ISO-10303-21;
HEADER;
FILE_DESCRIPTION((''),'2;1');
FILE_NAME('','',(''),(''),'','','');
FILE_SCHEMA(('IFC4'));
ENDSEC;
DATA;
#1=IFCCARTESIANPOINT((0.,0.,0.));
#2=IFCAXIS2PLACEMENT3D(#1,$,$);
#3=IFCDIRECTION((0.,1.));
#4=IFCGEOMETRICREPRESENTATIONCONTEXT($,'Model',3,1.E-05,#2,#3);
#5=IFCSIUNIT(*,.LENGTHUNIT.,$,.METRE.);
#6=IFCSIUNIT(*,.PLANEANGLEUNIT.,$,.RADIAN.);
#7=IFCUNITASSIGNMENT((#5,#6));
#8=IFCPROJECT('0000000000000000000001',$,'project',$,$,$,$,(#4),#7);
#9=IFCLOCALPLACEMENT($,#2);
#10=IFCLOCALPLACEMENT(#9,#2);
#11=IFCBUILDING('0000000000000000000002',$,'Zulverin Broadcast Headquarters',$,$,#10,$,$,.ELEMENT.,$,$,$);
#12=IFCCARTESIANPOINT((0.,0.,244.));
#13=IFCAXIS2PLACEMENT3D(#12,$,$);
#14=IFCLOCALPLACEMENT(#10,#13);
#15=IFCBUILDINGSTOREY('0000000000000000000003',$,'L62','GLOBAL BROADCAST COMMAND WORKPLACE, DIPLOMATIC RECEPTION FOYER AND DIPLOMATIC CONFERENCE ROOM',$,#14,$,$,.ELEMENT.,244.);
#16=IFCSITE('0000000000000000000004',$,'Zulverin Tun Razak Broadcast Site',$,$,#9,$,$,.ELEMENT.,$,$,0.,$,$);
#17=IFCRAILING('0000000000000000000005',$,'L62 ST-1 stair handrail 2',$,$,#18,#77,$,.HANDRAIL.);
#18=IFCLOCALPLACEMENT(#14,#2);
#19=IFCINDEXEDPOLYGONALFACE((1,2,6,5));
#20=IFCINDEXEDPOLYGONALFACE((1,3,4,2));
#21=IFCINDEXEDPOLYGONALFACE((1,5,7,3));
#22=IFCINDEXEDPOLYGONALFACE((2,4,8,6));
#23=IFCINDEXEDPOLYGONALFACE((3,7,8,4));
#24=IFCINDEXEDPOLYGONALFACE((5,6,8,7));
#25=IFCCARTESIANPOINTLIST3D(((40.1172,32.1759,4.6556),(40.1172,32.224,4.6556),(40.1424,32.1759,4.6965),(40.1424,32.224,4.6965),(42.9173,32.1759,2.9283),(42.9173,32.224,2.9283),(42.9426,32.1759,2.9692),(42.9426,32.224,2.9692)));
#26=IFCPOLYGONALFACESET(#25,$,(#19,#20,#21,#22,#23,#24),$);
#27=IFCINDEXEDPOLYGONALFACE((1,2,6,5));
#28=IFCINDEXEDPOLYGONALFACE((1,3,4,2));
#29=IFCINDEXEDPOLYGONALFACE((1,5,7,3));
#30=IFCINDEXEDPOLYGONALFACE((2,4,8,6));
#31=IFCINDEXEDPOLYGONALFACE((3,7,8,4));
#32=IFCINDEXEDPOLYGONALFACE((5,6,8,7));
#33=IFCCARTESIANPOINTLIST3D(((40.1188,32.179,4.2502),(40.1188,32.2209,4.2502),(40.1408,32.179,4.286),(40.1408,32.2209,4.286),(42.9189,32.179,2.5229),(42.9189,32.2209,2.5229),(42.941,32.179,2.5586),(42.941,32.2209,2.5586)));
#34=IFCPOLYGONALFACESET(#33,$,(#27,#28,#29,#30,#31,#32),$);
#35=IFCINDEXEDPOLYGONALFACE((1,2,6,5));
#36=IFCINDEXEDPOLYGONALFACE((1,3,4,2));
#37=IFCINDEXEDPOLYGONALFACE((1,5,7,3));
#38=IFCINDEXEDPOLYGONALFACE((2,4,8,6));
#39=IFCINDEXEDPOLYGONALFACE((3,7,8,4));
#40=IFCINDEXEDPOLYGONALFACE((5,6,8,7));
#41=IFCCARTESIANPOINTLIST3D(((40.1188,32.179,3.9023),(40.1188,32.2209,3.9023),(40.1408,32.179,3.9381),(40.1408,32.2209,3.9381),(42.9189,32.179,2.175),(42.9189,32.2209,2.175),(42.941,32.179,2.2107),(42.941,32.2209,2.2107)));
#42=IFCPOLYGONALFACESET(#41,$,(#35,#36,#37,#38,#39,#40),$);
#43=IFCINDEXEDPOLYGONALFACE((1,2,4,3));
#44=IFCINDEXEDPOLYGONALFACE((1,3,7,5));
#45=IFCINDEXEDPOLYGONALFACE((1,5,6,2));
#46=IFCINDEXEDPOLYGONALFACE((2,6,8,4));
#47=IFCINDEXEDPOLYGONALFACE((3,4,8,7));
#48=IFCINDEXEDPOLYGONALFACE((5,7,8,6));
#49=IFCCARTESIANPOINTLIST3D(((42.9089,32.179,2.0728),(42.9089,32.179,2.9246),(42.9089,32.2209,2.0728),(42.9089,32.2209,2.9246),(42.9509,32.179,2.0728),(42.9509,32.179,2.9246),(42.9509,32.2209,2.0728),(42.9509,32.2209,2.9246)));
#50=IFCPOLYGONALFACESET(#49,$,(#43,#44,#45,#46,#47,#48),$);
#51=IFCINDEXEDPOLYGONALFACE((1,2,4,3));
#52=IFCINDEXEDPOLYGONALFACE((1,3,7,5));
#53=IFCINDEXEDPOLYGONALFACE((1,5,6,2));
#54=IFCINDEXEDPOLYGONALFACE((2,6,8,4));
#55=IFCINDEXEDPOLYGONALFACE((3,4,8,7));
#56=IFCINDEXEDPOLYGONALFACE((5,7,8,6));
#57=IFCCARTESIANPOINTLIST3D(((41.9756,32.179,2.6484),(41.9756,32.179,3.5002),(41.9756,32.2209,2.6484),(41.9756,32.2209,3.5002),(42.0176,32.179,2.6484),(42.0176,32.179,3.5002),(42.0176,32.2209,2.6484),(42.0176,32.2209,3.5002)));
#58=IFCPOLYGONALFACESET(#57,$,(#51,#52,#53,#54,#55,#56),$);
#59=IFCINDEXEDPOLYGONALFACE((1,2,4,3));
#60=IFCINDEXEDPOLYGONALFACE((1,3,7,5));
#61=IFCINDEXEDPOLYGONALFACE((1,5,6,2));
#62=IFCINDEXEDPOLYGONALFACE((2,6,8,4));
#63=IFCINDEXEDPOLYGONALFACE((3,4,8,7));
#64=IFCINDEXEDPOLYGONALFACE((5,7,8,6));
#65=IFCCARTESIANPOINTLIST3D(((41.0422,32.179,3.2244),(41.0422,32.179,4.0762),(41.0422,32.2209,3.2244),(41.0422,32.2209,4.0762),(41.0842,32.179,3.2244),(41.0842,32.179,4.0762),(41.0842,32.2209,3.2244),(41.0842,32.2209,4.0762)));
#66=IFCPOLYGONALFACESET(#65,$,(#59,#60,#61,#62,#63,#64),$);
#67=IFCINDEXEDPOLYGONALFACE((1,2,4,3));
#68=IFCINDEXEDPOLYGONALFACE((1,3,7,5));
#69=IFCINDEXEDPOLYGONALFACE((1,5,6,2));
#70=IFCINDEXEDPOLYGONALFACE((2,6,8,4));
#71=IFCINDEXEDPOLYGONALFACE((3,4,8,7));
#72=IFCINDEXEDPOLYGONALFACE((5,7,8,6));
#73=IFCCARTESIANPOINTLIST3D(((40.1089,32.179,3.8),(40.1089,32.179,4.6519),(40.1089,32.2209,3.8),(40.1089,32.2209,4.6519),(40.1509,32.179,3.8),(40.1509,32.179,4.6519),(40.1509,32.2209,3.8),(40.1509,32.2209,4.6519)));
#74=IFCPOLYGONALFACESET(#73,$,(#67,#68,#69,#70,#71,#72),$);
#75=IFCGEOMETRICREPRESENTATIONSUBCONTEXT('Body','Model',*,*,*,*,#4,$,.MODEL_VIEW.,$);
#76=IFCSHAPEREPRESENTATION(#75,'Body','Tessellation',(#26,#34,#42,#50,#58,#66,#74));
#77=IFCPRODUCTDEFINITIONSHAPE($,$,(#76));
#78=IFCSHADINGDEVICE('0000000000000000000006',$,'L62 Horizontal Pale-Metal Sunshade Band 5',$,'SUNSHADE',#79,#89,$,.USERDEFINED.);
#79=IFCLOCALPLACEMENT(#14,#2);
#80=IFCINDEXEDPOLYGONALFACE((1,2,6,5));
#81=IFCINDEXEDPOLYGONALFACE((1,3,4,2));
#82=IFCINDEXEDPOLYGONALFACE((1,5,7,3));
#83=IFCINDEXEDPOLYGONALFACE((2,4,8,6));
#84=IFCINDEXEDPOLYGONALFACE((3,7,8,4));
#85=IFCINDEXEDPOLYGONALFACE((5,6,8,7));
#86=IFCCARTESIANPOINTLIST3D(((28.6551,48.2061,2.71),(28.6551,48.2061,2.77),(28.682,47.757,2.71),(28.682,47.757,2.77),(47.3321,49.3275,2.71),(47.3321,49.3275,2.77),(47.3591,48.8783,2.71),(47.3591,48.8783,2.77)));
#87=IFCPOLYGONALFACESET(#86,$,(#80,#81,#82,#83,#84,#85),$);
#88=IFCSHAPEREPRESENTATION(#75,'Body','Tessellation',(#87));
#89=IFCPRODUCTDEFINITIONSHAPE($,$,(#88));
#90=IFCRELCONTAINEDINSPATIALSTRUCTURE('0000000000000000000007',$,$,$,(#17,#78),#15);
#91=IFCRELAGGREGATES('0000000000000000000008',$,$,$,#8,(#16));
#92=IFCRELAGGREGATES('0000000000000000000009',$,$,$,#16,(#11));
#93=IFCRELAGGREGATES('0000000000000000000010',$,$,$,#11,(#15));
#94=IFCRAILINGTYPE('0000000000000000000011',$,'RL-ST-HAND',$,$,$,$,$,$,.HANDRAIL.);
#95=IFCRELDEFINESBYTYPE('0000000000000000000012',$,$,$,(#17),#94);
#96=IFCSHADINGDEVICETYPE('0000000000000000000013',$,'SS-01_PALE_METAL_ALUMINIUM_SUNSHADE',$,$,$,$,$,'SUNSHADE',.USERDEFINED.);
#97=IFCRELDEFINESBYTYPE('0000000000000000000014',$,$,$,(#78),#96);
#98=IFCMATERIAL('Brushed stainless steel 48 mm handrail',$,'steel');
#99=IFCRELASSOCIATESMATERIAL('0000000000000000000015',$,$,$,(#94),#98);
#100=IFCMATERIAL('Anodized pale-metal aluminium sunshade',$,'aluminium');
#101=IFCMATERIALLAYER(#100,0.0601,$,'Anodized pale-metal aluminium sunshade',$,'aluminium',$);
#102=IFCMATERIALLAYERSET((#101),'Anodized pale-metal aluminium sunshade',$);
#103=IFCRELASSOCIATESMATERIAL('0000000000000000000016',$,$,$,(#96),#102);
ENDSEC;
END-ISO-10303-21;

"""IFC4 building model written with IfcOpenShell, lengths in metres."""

from ifc_helpers import new_model, si_unit, direction, frame, origin, origin_2d, place, context, subcontext, project, spatial, rectangle, extrude, material, layer, layer_set, type_object, element, save


model = new_model("IFC4")

# Units and contexts
model_context = context("Model", 3, precision=1e-05, world=origin(), true_north=direction((0.0, 1.0)))
body_context = subcontext(model_context, "Body", "Model", "MODEL_VIEW")
ifc_project = project(units=[si_unit("LENGTHUNIT", "METRE"), si_unit("PLANEANGLEUNIT", "RADIAN")], contexts=[model_context])

# Site, building, storey
site_placement = place(None, origin())
site = spatial("IfcSite", under=ifc_project, at=site_placement, Name="Zulverin Tun Razak Broadcast Site", CompositionType="ELEMENT", RefElevation=0.0)
building_placement = place(site_placement, origin())
building = spatial("IfcBuilding", under=site, at=building_placement, Name="Zulverin Broadcast Headquarters", CompositionType="ELEMENT")
storey_placement = place(building_placement, frame((0.0, 0.0, 244.0)))
storey = spatial("IfcBuildingStorey", under=building, at=storey_placement, Name="L62", Description="GLOBAL BROADCAST COMMAND WORKPLACE, DIPLOMATIC RECEPTION FOYER AND DIPLOMATIC CONFERENCE ROOM", CompositionType="ELEMENT", Elevation=244.0)

# Railing
ifc_material_1 = material(Name="Brushed stainless steel 48 mm handrail", Category="steel")
railing_type_1 = type_object("IfcRailingType", Name="RL-ST-HAND", PredefinedType="HANDRAIL", material=ifc_material_1)
railing_1_placement = place(storey_placement, frame((42.9299, 32.2, 2.0728)))
element("IfcRailing", 1, at=railing_1_placement, inside=storey, type_object=railing_type_1, Name="L62 ST-1 stair handrail 2", PredefinedType="HANDRAIL", context=body_context, shape_type="SweptSolid", body=[
    extrude(rectangle(XDim=0.0481, YDim=0.0481, at=origin_2d()), frame((0.0, 0.0, 0.876), z_axis=(-0.85109, 0.0, 0.52502), x_axis=(0.0, -1.0, 0.0)), (0.0, 0.0, 1.0), 3.29),
    extrude(rectangle(XDim=0.042, YDim=0.042, at=origin_2d()), frame((0.0, 0.0, 0.468), z_axis=(-0.85109, 0.0, 0.52502), x_axis=(0.0, -1.0, 0.0)), (0.0, 0.0, 1.0), 3.29),
    extrude(rectangle(XDim=0.042, YDim=0.042, at=origin_2d()), frame((0.0, 0.0, 0.1201), z_axis=(-0.85109, 0.0, 0.52502), x_axis=(0.0, -1.0, 0.0)), (0.0, 0.0, 1.0), 3.29),
    extrude(rectangle(XDim=0.042, YDim=0.042, at=origin_2d()), origin(), (0.0, 0.0, 1.0), 0.8518),
    extrude(rectangle(XDim=0.042, YDim=0.042, at=origin_2d()), frame((-0.9333, 0.0, 0.5757)), (0.0, 0.0, 1.0), 0.8518),
    extrude(rectangle(XDim=0.042, YDim=0.042, at=origin_2d()), frame((-1.8667, 0.0, 1.1516)), (0.0, 0.0, 1.0), 0.8518),
    extrude(rectangle(XDim=0.042, YDim=0.042, at=origin_2d()), frame((-2.8, 0.0, 1.7273)), (0.0, 0.0, 1.0), 0.8518),
])

# Shading device
ifc_material_2 = material(Name="Anodized pale-metal aluminium sunshade", Category="aluminium")
ifc_layer_1 = layer(ifc_material_2, 0.0601, Name="Anodized pale-metal aluminium sunshade", Category="aluminium")
ifc_layer_set_1 = layer_set([ifc_layer_1], Name="Anodized pale-metal aluminium sunshade")
shading_device_type = type_object("IfcShadingDeviceType", Name="SS-01_PALE_METAL_ALUMINIUM_SUNSHADE", ElementType="SUNSHADE", PredefinedType="USERDEFINED", material=ifc_layer_set_1)
shading_device_placement = place(storey_placement, frame((38.0071, 48.5422, 2.71), z_axis=(0.0, 0.0, 1.0), x_axis=(-0.998203, -0.05993, 0.0)))
element("IfcShadingDevice", 2, at=shading_device_placement, inside=storey, type_object=shading_device_type, Name="L62 Horizontal Pale-Metal Sunshade Band 5", ObjectType="SUNSHADE", PredefinedType="USERDEFINED", context=body_context, shape_type="SweptSolid", body=[
    extrude(rectangle(XDim=18.7107, YDim=0.45, at=origin_2d()), origin(), (0.0, 0.0, 1.0), 0.0601),
])

save(model, "model.ifc")
